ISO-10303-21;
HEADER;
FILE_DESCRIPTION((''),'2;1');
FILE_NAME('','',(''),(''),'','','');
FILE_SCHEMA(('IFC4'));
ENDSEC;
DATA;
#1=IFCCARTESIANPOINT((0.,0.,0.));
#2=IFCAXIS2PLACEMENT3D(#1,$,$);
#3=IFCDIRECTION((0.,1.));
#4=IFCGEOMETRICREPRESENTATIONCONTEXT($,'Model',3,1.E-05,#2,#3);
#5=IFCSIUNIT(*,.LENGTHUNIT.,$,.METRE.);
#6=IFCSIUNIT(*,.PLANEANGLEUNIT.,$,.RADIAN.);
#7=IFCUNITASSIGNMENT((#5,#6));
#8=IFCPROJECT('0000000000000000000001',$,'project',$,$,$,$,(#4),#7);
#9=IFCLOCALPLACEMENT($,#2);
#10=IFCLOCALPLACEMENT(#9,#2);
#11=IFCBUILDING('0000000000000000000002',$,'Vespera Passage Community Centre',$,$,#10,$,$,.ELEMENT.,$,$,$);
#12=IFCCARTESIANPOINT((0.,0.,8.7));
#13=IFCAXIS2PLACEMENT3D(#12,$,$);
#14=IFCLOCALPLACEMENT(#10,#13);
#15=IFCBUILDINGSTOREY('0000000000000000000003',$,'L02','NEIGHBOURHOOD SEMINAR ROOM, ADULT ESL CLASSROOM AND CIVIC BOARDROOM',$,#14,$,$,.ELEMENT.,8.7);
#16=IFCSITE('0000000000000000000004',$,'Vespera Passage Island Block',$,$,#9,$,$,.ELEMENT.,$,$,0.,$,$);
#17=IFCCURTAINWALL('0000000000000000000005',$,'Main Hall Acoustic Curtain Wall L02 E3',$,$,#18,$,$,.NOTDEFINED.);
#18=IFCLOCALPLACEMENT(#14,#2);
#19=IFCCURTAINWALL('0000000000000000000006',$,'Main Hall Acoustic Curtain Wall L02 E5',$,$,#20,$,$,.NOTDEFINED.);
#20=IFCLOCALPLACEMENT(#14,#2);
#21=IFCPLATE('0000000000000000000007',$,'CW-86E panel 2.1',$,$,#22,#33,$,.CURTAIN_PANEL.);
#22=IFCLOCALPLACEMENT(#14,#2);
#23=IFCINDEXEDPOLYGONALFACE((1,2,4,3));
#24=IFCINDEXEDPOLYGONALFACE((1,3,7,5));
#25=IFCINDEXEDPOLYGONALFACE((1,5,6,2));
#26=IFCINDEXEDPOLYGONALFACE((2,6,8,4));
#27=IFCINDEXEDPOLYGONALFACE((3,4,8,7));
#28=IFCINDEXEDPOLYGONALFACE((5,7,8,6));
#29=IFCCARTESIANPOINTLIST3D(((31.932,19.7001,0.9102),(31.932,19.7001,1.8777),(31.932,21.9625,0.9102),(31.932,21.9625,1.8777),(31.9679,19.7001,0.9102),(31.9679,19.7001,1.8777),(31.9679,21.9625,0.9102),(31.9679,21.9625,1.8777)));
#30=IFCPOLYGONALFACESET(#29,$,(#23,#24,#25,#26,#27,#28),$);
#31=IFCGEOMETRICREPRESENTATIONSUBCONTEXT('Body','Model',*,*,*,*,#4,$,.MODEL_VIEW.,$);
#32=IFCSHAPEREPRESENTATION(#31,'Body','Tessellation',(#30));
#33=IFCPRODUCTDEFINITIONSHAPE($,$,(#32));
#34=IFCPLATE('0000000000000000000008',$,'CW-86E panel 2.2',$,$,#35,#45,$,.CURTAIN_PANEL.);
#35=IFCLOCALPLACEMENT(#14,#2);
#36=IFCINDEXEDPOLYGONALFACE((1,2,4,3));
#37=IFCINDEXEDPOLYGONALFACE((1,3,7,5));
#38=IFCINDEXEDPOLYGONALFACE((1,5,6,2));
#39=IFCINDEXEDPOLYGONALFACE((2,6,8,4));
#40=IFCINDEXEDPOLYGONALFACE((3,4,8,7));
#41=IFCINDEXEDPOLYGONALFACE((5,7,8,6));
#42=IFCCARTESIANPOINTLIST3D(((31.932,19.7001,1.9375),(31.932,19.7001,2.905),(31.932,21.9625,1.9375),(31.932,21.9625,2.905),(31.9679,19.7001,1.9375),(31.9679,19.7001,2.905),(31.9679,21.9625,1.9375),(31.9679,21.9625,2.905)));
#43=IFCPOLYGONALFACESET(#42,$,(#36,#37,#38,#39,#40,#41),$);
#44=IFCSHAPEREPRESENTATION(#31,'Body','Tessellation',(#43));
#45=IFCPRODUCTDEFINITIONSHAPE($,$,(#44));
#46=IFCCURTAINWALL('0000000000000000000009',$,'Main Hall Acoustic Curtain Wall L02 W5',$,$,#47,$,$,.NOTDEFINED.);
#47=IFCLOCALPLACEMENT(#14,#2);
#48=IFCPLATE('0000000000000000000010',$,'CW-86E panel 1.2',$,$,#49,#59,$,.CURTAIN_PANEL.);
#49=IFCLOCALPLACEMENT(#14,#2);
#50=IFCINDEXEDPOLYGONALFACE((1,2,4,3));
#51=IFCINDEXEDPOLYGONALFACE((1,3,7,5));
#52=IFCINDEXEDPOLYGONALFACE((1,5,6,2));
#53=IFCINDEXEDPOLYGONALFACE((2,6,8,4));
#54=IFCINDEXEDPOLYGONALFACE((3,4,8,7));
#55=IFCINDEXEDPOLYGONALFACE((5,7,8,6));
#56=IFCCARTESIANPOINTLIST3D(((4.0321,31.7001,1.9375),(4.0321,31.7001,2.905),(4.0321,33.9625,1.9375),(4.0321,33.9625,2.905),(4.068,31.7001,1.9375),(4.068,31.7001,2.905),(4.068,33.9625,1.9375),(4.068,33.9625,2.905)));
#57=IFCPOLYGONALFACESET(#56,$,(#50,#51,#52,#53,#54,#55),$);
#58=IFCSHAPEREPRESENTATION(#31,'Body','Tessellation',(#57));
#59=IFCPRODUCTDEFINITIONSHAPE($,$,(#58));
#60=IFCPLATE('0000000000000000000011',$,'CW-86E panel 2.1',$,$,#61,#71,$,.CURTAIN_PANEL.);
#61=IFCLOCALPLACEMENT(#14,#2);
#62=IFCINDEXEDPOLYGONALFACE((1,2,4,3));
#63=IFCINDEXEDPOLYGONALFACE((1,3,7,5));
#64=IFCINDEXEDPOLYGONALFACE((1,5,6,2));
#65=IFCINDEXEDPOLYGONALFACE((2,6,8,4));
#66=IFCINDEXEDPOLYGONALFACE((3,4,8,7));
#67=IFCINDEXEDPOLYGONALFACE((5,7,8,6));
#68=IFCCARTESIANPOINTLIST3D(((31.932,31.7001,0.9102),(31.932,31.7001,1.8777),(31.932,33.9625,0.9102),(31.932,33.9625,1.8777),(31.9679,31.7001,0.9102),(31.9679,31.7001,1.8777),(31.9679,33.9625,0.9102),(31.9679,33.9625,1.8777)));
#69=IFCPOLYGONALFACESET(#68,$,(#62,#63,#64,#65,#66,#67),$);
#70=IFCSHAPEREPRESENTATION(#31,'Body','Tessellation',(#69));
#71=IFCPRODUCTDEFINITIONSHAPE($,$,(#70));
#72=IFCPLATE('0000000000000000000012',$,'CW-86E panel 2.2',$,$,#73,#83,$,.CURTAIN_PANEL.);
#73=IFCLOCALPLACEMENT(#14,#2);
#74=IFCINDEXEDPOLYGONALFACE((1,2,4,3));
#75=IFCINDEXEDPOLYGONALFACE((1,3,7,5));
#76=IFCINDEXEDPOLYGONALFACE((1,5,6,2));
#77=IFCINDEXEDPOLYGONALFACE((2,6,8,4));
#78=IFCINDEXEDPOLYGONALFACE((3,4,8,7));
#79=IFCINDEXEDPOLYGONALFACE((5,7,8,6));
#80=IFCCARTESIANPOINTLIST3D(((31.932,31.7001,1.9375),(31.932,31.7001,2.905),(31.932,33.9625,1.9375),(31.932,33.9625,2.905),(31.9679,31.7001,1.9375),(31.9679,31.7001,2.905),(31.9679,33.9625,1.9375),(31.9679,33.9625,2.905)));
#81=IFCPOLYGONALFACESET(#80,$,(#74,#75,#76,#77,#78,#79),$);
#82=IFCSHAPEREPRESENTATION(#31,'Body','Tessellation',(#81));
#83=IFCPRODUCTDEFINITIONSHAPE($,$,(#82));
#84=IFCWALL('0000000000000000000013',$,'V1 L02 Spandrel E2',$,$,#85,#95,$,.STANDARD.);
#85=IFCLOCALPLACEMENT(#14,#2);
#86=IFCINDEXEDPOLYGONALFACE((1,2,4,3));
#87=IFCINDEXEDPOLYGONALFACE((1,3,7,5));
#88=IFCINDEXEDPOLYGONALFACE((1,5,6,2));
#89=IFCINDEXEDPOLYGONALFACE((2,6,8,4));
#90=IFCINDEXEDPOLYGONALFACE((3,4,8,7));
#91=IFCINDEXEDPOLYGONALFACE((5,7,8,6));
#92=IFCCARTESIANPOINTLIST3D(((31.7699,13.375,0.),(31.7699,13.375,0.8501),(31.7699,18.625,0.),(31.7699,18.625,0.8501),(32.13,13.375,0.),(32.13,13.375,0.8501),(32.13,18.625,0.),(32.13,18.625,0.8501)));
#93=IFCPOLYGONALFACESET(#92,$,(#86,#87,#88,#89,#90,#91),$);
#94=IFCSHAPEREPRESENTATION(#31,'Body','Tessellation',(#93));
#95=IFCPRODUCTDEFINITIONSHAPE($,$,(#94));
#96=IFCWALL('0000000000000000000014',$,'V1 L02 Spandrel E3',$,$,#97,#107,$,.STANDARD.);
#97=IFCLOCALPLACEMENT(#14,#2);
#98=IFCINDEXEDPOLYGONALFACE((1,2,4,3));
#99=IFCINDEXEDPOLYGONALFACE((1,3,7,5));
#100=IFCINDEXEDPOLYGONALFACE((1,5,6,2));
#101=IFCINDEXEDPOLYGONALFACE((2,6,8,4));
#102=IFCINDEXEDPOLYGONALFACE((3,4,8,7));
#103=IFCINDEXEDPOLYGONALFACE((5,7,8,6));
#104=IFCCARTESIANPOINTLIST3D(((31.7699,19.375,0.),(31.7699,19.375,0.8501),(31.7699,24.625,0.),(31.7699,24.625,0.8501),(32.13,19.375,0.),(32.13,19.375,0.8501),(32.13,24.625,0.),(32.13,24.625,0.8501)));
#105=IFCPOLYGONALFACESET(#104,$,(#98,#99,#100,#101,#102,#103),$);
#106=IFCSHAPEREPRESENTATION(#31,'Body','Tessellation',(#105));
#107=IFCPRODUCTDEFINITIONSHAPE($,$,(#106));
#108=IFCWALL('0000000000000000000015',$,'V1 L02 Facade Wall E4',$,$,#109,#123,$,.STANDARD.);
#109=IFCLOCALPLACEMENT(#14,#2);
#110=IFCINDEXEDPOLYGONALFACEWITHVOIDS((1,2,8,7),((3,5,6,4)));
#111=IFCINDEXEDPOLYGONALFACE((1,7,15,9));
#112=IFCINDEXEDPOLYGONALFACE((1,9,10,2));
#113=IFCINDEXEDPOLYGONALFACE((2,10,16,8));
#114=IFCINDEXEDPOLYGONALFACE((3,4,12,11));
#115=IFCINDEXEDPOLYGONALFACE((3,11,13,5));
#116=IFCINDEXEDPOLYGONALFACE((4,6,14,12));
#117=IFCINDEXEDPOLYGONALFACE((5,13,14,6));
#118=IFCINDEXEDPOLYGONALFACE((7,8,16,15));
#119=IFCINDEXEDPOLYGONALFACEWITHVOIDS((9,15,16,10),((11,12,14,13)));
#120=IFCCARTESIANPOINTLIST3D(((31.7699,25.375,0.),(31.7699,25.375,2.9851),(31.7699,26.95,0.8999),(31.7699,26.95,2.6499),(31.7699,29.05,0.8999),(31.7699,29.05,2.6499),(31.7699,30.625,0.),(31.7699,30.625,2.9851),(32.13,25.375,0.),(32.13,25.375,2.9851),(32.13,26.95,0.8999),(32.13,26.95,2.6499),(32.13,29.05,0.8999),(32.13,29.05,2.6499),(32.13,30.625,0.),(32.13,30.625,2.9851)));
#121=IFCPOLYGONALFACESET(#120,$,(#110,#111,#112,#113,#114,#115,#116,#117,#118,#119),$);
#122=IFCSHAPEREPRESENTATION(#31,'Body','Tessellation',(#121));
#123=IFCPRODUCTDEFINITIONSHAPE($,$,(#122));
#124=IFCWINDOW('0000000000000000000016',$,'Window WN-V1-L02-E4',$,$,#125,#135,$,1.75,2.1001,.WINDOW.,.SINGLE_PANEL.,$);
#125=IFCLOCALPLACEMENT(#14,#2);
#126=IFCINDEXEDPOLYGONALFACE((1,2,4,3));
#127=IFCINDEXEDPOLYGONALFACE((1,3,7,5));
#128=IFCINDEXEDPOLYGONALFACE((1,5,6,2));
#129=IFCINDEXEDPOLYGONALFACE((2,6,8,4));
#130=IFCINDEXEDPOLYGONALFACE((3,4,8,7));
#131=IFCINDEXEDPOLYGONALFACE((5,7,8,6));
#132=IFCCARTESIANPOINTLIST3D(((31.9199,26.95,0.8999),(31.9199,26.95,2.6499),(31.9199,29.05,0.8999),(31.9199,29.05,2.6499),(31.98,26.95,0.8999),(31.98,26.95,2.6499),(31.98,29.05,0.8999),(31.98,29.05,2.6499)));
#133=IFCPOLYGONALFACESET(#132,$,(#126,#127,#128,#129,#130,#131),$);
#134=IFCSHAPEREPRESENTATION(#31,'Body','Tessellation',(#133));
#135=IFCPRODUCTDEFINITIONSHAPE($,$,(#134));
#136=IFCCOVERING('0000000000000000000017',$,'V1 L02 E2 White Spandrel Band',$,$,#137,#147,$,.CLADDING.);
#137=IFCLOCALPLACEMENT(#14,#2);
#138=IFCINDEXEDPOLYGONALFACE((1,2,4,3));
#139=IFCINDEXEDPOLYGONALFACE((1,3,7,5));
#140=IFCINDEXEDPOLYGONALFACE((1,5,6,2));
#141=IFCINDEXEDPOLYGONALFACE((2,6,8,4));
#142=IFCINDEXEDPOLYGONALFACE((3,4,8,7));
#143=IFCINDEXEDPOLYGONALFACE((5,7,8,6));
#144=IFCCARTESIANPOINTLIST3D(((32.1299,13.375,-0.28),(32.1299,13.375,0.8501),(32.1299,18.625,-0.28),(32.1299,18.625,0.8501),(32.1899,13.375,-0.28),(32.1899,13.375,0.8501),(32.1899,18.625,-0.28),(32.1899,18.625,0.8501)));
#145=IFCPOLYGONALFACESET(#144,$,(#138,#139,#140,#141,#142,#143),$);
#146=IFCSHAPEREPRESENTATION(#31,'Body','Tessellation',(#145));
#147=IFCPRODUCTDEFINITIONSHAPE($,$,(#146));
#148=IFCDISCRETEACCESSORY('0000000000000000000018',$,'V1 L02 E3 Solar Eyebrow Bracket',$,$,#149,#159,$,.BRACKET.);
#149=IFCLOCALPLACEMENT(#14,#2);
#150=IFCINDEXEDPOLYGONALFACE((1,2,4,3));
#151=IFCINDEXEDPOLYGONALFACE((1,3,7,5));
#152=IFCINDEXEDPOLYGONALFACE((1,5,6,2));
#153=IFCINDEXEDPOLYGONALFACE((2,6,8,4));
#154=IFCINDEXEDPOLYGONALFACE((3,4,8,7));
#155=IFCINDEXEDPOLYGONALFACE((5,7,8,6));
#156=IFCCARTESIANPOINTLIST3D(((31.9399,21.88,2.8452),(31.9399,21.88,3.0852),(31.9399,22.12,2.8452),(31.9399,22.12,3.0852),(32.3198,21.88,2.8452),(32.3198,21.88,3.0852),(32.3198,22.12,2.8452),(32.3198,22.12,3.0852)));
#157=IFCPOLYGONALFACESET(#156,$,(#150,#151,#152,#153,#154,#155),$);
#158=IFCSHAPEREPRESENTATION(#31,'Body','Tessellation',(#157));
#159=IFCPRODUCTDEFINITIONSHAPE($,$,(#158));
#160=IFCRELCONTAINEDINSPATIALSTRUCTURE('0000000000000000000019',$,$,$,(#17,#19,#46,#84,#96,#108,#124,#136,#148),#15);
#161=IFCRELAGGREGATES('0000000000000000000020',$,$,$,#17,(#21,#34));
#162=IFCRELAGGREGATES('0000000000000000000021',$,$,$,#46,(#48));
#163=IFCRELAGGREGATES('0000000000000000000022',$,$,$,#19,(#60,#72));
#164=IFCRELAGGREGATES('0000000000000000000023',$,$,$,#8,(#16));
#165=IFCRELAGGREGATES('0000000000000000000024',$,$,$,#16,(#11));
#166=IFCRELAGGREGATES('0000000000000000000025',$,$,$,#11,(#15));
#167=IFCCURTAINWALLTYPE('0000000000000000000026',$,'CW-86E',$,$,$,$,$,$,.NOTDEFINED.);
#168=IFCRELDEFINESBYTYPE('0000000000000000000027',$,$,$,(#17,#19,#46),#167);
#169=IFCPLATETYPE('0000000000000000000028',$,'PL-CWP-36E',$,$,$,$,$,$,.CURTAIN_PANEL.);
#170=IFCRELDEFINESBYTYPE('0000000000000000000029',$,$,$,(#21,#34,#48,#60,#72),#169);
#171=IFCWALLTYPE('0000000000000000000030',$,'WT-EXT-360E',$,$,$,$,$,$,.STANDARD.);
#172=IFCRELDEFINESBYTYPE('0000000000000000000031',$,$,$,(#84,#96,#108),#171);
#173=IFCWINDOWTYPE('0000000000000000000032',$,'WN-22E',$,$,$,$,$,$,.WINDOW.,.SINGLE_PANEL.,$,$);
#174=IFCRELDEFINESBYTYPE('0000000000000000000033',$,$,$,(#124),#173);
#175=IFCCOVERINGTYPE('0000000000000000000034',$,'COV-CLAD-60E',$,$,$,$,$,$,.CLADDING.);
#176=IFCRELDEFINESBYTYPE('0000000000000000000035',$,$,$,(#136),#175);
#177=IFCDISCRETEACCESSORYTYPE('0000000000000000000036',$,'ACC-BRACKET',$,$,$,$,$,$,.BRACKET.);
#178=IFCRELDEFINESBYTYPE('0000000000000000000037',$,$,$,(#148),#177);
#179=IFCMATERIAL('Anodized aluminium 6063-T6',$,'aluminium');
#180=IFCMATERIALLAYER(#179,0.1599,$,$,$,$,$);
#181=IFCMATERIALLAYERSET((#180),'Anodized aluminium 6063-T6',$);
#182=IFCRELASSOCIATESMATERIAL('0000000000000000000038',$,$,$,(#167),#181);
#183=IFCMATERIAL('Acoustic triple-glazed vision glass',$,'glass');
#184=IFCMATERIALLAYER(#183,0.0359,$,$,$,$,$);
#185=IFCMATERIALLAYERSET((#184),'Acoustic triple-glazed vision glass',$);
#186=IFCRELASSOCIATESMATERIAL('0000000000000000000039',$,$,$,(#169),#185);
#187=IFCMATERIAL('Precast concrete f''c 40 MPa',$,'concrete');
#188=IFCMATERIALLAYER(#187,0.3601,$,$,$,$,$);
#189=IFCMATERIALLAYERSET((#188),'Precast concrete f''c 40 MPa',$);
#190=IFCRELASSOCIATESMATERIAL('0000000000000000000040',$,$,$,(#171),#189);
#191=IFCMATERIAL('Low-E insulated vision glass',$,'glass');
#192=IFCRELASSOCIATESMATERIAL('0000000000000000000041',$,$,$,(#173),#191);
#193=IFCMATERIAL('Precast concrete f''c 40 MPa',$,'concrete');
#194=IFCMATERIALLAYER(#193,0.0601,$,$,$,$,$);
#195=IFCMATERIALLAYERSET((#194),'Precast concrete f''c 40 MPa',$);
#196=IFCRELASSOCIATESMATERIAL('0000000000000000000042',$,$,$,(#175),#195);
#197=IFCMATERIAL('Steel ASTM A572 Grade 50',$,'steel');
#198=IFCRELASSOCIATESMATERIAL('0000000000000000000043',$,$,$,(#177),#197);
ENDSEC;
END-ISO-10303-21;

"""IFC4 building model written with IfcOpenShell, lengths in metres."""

from ifc_helpers import new_model, si_unit, direction, frame, frame_2d, origin, origin_2d, place, context, subcontext, project, spatial, rectangle, extrude, material, layer, layer_set, type_object, element, fill, aggregate, save


model = new_model("IFC4")

# Units and contexts
model_context = context("Model", 3, precision=1e-05, world=origin(), true_north=direction((0.0, 1.0)))
body_context = subcontext(model_context, "Body", "Model", "MODEL_VIEW")
ifc_project = project(units=[si_unit("LENGTHUNIT", "METRE"), si_unit("PLANEANGLEUNIT", "RADIAN")], contexts=[model_context])

# Site, building, storey
site_placement = place(None, origin())
site = spatial("IfcSite", under=ifc_project, at=site_placement, Name="Vespera Passage Island Block", CompositionType="ELEMENT", RefElevation=0.0)
building_placement = place(site_placement, origin())
building = spatial("IfcBuilding", under=site, at=building_placement, Name="Vespera Passage Community Centre", CompositionType="ELEMENT")
storey_placement = place(building_placement, frame((0.0, 0.0, 8.7)))
storey = spatial("IfcBuildingStorey", under=building, at=storey_placement, Name="L02", Description="NEIGHBOURHOOD SEMINAR ROOM, ADULT ESL CLASSROOM AND CIVIC BOARDROOM", CompositionType="ELEMENT", Elevation=8.7)

# Shared definitions
ifc_material_1 = material(Name="Anodized aluminium 6063-T6", Category="aluminium")
ifc_layer_1 = layer(ifc_material_1, 0.1599)
ifc_layer_set_1 = layer_set([ifc_layer_1], Name="Anodized aluminium 6063-T6")
curtain_wall_type = type_object("IfcCurtainWallType", Name="CW-86E", PredefinedType="NOTDEFINED", material=ifc_layer_set_1)

# Curtain wall
curtain_wall_1_placement = place(storey_placement, origin())
curtain_wall_1 = element("IfcCurtainWall", 1, at=curtain_wall_1_placement, inside=storey, type_object=curtain_wall_type, Name="Main Hall Acoustic Curtain Wall L02 E3", PredefinedType="NOTDEFINED")

# Curtain wall
curtain_wall_2_placement = place(storey_placement, origin())
curtain_wall_2 = element("IfcCurtainWall", 2, at=curtain_wall_2_placement, inside=storey, type_object=curtain_wall_type, Name="Main Hall Acoustic Curtain Wall L02 E5", PredefinedType="NOTDEFINED")

# Plates
ifc_material_2 = material(Name="Acoustic triple-glazed vision glass", Category="glass")
ifc_layer_2 = layer(ifc_material_2, 0.0359)
ifc_layer_set_2 = layer_set([ifc_layer_2], Name="Acoustic triple-glazed vision glass")
plate_type = type_object("IfcPlateType", Name="PL-CWP-36E", PredefinedType="CURTAIN_PANEL", material=ifc_layer_set_2)
plate_1_placement = place(storey_placement, frame((31.95, 20.8313, 0.9102), z_axis=(0.0, 0.0, 1.0), x_axis=(0.0, -1.0, 0.0)))
plate_1 = element("IfcPlate", 3, at=plate_1_placement, type_object=plate_type, Name="CW-86E panel 2.1", PredefinedType="CURTAIN_PANEL", context=body_context, shape_type="SweptSolid", body=[
    extrude(rectangle(XDim=2.2625, YDim=0.0359, at=origin_2d()), origin(), (0.0, 0.0, 1.0), 0.9675),
])
plate_2_placement = place(storey_placement, frame((31.95, 20.8313, 1.9375), z_axis=(0.0, 0.0, 1.0), x_axis=(0.0, -1.0, 0.0)))
plate_2 = element("IfcPlate", 4, at=plate_2_placement, type_object=plate_type, Name="CW-86E panel 2.2", PredefinedType="CURTAIN_PANEL", context=body_context, shape_type="SweptSolid", body=[
    extrude(rectangle(XDim=2.2625, YDim=0.0359, at=origin_2d()), origin(), (0.0, 0.0, 1.0), 0.9675),
])
aggregate(curtain_wall_1, [plate_1, plate_2])

# Curtain wall, plate
curtain_wall_3_placement = place(storey_placement, origin())
curtain_wall_3 = element("IfcCurtainWall", 5, at=curtain_wall_3_placement, inside=storey, type_object=curtain_wall_type, Name="Main Hall Acoustic Curtain Wall L02 W5", PredefinedType="NOTDEFINED")
plate_3_placement = place(storey_placement, frame((4.05, 32.8313, 1.9375), z_axis=(0.0, 0.0, 1.0), x_axis=(0.0, 1.0, 0.0)))
plate_3 = element("IfcPlate", 6, at=plate_3_placement, type_object=plate_type, Name="CW-86E panel 1.2", PredefinedType="CURTAIN_PANEL", context=body_context, shape_type="SweptSolid", body=[
    extrude(rectangle(XDim=2.2625, YDim=0.0359, at=origin_2d()), origin(), (0.0, 0.0, 1.0), 0.9675),
])
aggregate(curtain_wall_3, [plate_3])

# Plates
plate_4_placement = place(storey_placement, frame((31.95, 32.8313, 0.9102), z_axis=(0.0, 0.0, 1.0), x_axis=(0.0, -1.0, 0.0)))
plate_4 = element("IfcPlate", 7, at=plate_4_placement, type_object=plate_type, Name="CW-86E panel 2.1", PredefinedType="CURTAIN_PANEL", context=body_context, shape_type="SweptSolid", body=[
    extrude(rectangle(XDim=2.2625, YDim=0.0359, at=origin_2d()), origin(), (0.0, 0.0, 1.0), 0.9675),
])
plate_5_placement = place(storey_placement, frame((31.95, 32.8313, 1.9375), z_axis=(0.0, 0.0, 1.0), x_axis=(0.0, -1.0, 0.0)))
plate_5 = element("IfcPlate", 8, at=plate_5_placement, type_object=plate_type, Name="CW-86E panel 2.2", PredefinedType="CURTAIN_PANEL", context=body_context, shape_type="SweptSolid", body=[
    extrude(rectangle(XDim=2.2625, YDim=0.0359, at=origin_2d()), origin(), (0.0, 0.0, 1.0), 0.9675),
])
aggregate(curtain_wall_2, [plate_4, plate_5])

# Walls
ifc_material_3 = material(Name="Precast concrete f'c 40 MPa", Category="concrete")
ifc_layer_3 = layer(ifc_material_3, 0.3601)
ifc_layer_set_3 = layer_set([ifc_layer_3], Name="Precast concrete f'c 40 MPa")
wall_type = type_object("IfcWallType", Name="WT-EXT-360E", PredefinedType="STANDARD", material=ifc_layer_set_3)
for number, where, z_axis, x_axis, name in (
    (9, (31.95, 18.625, 0.0), (0.0, 0.0, 1.0), (0.0, -1.0, 0.0), "V1 L02 Spandrel E2"),
    (10, (31.95, 24.625, 0.0), (0.0, 0.0, 1.0), (0.0, -1.0, 0.0), "V1 L02 Spandrel E3"),
):
    element("IfcWall", number, at=place(storey_placement, frame(where, z_axis=z_axis, x_axis=x_axis)), inside=storey, type_object=wall_type, Name=name, PredefinedType="STANDARD", context=body_context, shape_type="SweptSolid", body=[
        extrude(rectangle(XDim=5.25, YDim=0.3601, at=frame_2d((2.625, 0.0))), origin(), (0.0, 0.0, 1.0), 0.8501),
    ])

# Wall, opening, window
wall_placement = place(storey_placement, frame((31.95, 30.625, 0.0), z_axis=(0.0, 0.0, 1.0), x_axis=(0.0, -1.0, 0.0)))
wall = element("IfcWall", 11, at=wall_placement, inside=storey, type_object=wall_type, Name="V1 L02 Facade Wall E4", PredefinedType="STANDARD", context=body_context, shape_type="SweptSolid", body=[
    extrude(rectangle(XDim=5.25, YDim=0.3601, at=frame_2d((2.625, 0.0))), origin(), (0.0, 0.0, 1.0), 2.9851),
])
opening_placement = place(wall_placement, frame((1.575, 0.0, 0.8999)))
opening = element("IfcOpeningElement", 12, at=opening_placement, cuts=wall, PredefinedType="OPENING", context=body_context, shape_type="SweptSolid", body=[
    extrude(rectangle(XDim=2.1001, YDim=1.75, at=frame_2d((1.05, 0.875))), frame((0.0, 0.1902, 0.0), z_axis=(0.0, -1.0, 0.0), x_axis=(1.0, 0.0, 0.0)), (0.0, 0.0, 1.0), 0.3801),
])
ifc_material_4 = material(Name="Low-E insulated vision glass", Category="glass")
window_type = type_object("IfcWindowType", Name="WN-22E", PartitioningType="SINGLE_PANEL", PredefinedType="WINDOW", material=ifc_material_4)
window_placement = place(opening_placement, origin())
window = element("IfcWindow", 13, at=window_placement, inside=storey, type_object=window_type, Name="Window WN-V1-L02-E4", OverallHeight=1.75, OverallWidth=2.1001, PartitioningType="SINGLE_PANEL", PredefinedType="WINDOW", context=body_context, shape_type="SweptSolid", body=[
    extrude(rectangle(XDim=2.1001, YDim=1.75, at=frame_2d((1.05, 0.875))), frame((0.0, 0.03, 0.0), z_axis=(0.0, -1.0, 0.0), x_axis=(1.0, 0.0, 0.0)), (0.0, 0.0, 1.0), 0.0601),
])
fill(opening, window)

# Covering
ifc_material_5 = material(Name="Precast concrete f'c 40 MPa", Category="concrete")
ifc_layer_4 = layer(ifc_material_5, 0.0601)
ifc_layer_set_4 = layer_set([ifc_layer_4], Name="Precast concrete f'c 40 MPa")
covering_type = type_object("IfcCoveringType", Name="COV-CLAD-60E", PredefinedType="CLADDING", material=ifc_layer_set_4)
covering_placement = place(storey_placement, frame((32.1599, 18.625, -0.28), z_axis=(0.0, 0.0, 1.0), x_axis=(0.0, -1.0, 0.0)))
element("IfcCovering", 14, at=covering_placement, inside=storey, type_object=covering_type, Name="V1 L02 E2 White Spandrel Band", PredefinedType="CLADDING", context=body_context, shape_type="SweptSolid", body=[
    extrude(rectangle(XDim=5.25, YDim=0.0601, at=frame_2d((2.625, 0.0))), origin(), (0.0, 0.0, 1.0), 1.1301),
])

# Discrete accessory
ifc_material_6 = material(Name="Steel ASTM A572 Grade 50", Category="steel")
discrete_accessory_type = type_object("IfcDiscreteAccessoryType", Name="ACC-BRACKET", PredefinedType="BRACKET", material=ifc_material_6)
discrete_accessory_placement = place(storey_placement, frame((32.1299, 22.0, 2.8452), z_axis=(0.0, 0.0, 1.0), x_axis=(0.0, -1.0, 0.0)))
element("IfcDiscreteAccessory", 15, at=discrete_accessory_placement, inside=storey, type_object=discrete_accessory_type, Name="V1 L02 E3 Solar Eyebrow Bracket", PredefinedType="BRACKET", context=body_context, shape_type="SweptSolid", body=[
    extrude(rectangle(XDim=0.24, YDim=0.3799, at=origin_2d()), origin(), (0.0, 0.0, 1.0), 0.24),
])

save(model, "model.ifc")
